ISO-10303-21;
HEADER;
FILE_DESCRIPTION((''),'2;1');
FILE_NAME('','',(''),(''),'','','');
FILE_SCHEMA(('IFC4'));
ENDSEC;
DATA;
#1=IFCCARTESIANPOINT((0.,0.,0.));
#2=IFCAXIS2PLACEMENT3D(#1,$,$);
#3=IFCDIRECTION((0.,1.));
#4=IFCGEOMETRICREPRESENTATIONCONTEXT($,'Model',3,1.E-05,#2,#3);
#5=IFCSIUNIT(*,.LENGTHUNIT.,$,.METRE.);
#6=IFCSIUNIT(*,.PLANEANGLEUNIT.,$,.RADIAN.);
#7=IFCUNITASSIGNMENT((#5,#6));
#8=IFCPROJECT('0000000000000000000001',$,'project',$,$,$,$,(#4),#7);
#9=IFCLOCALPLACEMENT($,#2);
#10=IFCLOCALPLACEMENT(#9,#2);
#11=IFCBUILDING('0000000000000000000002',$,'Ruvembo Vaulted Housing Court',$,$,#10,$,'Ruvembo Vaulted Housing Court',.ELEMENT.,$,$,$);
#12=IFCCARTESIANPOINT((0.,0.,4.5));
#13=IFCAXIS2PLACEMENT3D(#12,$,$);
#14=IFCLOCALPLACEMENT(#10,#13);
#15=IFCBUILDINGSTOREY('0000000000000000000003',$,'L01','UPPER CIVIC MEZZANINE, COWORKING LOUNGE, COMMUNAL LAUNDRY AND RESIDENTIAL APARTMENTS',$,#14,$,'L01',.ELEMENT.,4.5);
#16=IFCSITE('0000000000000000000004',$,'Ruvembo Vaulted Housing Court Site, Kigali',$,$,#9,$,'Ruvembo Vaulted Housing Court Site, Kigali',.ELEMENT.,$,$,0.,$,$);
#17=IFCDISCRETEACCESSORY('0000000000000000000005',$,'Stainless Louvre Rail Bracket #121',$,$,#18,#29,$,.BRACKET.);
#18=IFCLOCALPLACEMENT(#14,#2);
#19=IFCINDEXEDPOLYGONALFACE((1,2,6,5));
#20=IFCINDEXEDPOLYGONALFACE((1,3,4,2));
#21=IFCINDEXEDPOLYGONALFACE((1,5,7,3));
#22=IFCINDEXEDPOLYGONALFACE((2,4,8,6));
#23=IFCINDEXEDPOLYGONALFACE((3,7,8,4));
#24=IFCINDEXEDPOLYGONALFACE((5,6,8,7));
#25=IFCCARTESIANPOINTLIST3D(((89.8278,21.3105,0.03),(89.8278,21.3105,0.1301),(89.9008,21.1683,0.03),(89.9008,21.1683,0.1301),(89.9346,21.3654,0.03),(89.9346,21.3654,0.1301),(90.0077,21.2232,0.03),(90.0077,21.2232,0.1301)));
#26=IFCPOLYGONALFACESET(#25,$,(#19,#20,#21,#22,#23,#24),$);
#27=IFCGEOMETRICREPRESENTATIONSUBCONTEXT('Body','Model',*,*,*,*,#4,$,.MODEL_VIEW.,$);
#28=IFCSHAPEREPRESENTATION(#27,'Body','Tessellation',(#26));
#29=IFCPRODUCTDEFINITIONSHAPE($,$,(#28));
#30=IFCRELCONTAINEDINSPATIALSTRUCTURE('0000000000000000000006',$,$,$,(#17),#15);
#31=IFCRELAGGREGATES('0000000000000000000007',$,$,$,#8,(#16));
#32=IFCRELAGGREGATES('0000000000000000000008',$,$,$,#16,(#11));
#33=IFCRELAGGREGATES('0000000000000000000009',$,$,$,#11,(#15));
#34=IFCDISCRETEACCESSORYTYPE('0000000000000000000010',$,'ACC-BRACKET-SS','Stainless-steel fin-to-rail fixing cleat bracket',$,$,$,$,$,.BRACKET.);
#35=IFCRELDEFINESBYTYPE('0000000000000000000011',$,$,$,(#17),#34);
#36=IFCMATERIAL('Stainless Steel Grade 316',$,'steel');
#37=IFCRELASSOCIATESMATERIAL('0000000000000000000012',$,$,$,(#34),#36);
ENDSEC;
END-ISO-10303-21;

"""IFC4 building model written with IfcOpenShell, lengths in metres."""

from ifc_helpers import new_model, si_unit, direction, frame, origin, origin_2d, place, context, subcontext, project, spatial, rectangle, extrude, material, type_object, element, save


model = new_model("IFC4")

# Units and contexts
model_context = context("Model", 3, precision=1e-05, world=origin(), true_north=direction((0.0, 1.0)))
body_context = subcontext(model_context, "Body", "Model", "MODEL_VIEW")
ifc_project = project(units=[si_unit("LENGTHUNIT", "METRE"), si_unit("PLANEANGLEUNIT", "RADIAN")], contexts=[model_context])

# Site, building, storey
site_placement = place(None, origin())
site = spatial("IfcSite", under=ifc_project, at=site_placement, Name="Ruvembo Vaulted Housing Court Site, Kigali", LongName="Ruvembo Vaulted Housing Court Site, Kigali", CompositionType="ELEMENT", RefElevation=0.0)
building_placement = place(site_placement, origin())
building = spatial("IfcBuilding", under=site, at=building_placement, Name="Ruvembo Vaulted Housing Court", LongName="Ruvembo Vaulted Housing Court", CompositionType="ELEMENT")
storey_placement = place(building_placement, frame((0.0, 0.0, 4.5)))
storey = spatial("IfcBuildingStorey", under=building, at=storey_placement, Name="L01", Description="UPPER CIVIC MEZZANINE, COWORKING LOUNGE, COMMUNAL LAUNDRY AND RESIDENTIAL APARTMENTS", LongName="L01", CompositionType="ELEMENT", Elevation=4.5)

# Discrete accessory
ifc_material_1 = material(Name="Stainless Steel Grade 316", Category="steel")
discrete_accessory_type = type_object("IfcDiscreteAccessoryType", Name="ACC-BRACKET-SS", Description="Stainless-steel fin-to-rail fixing cleat bracket", PredefinedType="BRACKET", material=ifc_material_1)
for number, where, z_axis, x_axis, name in (
    (1, (89.9177, 21.2668, 0.03), (0.0, 0.0, 1.0), (0.45685, -0.889544, 0.0), "Stainless Louvre Rail Bracket #121"),
):
    element("IfcDiscreteAccessory", number, at=place(storey_placement, frame(where, z_axis=z_axis, x_axis=x_axis)), inside=storey, type_object=discrete_accessory_type, Name=name, PredefinedType="BRACKET", context=body_context, shape_type="SweptSolid", body=[
        extrude(rectangle(XDim=0.1599, YDim=0.1201, at=origin_2d()), origin(), (0.0, 0.0, 1.0), 0.1001),
    ])

save(model, "model.ifc")
